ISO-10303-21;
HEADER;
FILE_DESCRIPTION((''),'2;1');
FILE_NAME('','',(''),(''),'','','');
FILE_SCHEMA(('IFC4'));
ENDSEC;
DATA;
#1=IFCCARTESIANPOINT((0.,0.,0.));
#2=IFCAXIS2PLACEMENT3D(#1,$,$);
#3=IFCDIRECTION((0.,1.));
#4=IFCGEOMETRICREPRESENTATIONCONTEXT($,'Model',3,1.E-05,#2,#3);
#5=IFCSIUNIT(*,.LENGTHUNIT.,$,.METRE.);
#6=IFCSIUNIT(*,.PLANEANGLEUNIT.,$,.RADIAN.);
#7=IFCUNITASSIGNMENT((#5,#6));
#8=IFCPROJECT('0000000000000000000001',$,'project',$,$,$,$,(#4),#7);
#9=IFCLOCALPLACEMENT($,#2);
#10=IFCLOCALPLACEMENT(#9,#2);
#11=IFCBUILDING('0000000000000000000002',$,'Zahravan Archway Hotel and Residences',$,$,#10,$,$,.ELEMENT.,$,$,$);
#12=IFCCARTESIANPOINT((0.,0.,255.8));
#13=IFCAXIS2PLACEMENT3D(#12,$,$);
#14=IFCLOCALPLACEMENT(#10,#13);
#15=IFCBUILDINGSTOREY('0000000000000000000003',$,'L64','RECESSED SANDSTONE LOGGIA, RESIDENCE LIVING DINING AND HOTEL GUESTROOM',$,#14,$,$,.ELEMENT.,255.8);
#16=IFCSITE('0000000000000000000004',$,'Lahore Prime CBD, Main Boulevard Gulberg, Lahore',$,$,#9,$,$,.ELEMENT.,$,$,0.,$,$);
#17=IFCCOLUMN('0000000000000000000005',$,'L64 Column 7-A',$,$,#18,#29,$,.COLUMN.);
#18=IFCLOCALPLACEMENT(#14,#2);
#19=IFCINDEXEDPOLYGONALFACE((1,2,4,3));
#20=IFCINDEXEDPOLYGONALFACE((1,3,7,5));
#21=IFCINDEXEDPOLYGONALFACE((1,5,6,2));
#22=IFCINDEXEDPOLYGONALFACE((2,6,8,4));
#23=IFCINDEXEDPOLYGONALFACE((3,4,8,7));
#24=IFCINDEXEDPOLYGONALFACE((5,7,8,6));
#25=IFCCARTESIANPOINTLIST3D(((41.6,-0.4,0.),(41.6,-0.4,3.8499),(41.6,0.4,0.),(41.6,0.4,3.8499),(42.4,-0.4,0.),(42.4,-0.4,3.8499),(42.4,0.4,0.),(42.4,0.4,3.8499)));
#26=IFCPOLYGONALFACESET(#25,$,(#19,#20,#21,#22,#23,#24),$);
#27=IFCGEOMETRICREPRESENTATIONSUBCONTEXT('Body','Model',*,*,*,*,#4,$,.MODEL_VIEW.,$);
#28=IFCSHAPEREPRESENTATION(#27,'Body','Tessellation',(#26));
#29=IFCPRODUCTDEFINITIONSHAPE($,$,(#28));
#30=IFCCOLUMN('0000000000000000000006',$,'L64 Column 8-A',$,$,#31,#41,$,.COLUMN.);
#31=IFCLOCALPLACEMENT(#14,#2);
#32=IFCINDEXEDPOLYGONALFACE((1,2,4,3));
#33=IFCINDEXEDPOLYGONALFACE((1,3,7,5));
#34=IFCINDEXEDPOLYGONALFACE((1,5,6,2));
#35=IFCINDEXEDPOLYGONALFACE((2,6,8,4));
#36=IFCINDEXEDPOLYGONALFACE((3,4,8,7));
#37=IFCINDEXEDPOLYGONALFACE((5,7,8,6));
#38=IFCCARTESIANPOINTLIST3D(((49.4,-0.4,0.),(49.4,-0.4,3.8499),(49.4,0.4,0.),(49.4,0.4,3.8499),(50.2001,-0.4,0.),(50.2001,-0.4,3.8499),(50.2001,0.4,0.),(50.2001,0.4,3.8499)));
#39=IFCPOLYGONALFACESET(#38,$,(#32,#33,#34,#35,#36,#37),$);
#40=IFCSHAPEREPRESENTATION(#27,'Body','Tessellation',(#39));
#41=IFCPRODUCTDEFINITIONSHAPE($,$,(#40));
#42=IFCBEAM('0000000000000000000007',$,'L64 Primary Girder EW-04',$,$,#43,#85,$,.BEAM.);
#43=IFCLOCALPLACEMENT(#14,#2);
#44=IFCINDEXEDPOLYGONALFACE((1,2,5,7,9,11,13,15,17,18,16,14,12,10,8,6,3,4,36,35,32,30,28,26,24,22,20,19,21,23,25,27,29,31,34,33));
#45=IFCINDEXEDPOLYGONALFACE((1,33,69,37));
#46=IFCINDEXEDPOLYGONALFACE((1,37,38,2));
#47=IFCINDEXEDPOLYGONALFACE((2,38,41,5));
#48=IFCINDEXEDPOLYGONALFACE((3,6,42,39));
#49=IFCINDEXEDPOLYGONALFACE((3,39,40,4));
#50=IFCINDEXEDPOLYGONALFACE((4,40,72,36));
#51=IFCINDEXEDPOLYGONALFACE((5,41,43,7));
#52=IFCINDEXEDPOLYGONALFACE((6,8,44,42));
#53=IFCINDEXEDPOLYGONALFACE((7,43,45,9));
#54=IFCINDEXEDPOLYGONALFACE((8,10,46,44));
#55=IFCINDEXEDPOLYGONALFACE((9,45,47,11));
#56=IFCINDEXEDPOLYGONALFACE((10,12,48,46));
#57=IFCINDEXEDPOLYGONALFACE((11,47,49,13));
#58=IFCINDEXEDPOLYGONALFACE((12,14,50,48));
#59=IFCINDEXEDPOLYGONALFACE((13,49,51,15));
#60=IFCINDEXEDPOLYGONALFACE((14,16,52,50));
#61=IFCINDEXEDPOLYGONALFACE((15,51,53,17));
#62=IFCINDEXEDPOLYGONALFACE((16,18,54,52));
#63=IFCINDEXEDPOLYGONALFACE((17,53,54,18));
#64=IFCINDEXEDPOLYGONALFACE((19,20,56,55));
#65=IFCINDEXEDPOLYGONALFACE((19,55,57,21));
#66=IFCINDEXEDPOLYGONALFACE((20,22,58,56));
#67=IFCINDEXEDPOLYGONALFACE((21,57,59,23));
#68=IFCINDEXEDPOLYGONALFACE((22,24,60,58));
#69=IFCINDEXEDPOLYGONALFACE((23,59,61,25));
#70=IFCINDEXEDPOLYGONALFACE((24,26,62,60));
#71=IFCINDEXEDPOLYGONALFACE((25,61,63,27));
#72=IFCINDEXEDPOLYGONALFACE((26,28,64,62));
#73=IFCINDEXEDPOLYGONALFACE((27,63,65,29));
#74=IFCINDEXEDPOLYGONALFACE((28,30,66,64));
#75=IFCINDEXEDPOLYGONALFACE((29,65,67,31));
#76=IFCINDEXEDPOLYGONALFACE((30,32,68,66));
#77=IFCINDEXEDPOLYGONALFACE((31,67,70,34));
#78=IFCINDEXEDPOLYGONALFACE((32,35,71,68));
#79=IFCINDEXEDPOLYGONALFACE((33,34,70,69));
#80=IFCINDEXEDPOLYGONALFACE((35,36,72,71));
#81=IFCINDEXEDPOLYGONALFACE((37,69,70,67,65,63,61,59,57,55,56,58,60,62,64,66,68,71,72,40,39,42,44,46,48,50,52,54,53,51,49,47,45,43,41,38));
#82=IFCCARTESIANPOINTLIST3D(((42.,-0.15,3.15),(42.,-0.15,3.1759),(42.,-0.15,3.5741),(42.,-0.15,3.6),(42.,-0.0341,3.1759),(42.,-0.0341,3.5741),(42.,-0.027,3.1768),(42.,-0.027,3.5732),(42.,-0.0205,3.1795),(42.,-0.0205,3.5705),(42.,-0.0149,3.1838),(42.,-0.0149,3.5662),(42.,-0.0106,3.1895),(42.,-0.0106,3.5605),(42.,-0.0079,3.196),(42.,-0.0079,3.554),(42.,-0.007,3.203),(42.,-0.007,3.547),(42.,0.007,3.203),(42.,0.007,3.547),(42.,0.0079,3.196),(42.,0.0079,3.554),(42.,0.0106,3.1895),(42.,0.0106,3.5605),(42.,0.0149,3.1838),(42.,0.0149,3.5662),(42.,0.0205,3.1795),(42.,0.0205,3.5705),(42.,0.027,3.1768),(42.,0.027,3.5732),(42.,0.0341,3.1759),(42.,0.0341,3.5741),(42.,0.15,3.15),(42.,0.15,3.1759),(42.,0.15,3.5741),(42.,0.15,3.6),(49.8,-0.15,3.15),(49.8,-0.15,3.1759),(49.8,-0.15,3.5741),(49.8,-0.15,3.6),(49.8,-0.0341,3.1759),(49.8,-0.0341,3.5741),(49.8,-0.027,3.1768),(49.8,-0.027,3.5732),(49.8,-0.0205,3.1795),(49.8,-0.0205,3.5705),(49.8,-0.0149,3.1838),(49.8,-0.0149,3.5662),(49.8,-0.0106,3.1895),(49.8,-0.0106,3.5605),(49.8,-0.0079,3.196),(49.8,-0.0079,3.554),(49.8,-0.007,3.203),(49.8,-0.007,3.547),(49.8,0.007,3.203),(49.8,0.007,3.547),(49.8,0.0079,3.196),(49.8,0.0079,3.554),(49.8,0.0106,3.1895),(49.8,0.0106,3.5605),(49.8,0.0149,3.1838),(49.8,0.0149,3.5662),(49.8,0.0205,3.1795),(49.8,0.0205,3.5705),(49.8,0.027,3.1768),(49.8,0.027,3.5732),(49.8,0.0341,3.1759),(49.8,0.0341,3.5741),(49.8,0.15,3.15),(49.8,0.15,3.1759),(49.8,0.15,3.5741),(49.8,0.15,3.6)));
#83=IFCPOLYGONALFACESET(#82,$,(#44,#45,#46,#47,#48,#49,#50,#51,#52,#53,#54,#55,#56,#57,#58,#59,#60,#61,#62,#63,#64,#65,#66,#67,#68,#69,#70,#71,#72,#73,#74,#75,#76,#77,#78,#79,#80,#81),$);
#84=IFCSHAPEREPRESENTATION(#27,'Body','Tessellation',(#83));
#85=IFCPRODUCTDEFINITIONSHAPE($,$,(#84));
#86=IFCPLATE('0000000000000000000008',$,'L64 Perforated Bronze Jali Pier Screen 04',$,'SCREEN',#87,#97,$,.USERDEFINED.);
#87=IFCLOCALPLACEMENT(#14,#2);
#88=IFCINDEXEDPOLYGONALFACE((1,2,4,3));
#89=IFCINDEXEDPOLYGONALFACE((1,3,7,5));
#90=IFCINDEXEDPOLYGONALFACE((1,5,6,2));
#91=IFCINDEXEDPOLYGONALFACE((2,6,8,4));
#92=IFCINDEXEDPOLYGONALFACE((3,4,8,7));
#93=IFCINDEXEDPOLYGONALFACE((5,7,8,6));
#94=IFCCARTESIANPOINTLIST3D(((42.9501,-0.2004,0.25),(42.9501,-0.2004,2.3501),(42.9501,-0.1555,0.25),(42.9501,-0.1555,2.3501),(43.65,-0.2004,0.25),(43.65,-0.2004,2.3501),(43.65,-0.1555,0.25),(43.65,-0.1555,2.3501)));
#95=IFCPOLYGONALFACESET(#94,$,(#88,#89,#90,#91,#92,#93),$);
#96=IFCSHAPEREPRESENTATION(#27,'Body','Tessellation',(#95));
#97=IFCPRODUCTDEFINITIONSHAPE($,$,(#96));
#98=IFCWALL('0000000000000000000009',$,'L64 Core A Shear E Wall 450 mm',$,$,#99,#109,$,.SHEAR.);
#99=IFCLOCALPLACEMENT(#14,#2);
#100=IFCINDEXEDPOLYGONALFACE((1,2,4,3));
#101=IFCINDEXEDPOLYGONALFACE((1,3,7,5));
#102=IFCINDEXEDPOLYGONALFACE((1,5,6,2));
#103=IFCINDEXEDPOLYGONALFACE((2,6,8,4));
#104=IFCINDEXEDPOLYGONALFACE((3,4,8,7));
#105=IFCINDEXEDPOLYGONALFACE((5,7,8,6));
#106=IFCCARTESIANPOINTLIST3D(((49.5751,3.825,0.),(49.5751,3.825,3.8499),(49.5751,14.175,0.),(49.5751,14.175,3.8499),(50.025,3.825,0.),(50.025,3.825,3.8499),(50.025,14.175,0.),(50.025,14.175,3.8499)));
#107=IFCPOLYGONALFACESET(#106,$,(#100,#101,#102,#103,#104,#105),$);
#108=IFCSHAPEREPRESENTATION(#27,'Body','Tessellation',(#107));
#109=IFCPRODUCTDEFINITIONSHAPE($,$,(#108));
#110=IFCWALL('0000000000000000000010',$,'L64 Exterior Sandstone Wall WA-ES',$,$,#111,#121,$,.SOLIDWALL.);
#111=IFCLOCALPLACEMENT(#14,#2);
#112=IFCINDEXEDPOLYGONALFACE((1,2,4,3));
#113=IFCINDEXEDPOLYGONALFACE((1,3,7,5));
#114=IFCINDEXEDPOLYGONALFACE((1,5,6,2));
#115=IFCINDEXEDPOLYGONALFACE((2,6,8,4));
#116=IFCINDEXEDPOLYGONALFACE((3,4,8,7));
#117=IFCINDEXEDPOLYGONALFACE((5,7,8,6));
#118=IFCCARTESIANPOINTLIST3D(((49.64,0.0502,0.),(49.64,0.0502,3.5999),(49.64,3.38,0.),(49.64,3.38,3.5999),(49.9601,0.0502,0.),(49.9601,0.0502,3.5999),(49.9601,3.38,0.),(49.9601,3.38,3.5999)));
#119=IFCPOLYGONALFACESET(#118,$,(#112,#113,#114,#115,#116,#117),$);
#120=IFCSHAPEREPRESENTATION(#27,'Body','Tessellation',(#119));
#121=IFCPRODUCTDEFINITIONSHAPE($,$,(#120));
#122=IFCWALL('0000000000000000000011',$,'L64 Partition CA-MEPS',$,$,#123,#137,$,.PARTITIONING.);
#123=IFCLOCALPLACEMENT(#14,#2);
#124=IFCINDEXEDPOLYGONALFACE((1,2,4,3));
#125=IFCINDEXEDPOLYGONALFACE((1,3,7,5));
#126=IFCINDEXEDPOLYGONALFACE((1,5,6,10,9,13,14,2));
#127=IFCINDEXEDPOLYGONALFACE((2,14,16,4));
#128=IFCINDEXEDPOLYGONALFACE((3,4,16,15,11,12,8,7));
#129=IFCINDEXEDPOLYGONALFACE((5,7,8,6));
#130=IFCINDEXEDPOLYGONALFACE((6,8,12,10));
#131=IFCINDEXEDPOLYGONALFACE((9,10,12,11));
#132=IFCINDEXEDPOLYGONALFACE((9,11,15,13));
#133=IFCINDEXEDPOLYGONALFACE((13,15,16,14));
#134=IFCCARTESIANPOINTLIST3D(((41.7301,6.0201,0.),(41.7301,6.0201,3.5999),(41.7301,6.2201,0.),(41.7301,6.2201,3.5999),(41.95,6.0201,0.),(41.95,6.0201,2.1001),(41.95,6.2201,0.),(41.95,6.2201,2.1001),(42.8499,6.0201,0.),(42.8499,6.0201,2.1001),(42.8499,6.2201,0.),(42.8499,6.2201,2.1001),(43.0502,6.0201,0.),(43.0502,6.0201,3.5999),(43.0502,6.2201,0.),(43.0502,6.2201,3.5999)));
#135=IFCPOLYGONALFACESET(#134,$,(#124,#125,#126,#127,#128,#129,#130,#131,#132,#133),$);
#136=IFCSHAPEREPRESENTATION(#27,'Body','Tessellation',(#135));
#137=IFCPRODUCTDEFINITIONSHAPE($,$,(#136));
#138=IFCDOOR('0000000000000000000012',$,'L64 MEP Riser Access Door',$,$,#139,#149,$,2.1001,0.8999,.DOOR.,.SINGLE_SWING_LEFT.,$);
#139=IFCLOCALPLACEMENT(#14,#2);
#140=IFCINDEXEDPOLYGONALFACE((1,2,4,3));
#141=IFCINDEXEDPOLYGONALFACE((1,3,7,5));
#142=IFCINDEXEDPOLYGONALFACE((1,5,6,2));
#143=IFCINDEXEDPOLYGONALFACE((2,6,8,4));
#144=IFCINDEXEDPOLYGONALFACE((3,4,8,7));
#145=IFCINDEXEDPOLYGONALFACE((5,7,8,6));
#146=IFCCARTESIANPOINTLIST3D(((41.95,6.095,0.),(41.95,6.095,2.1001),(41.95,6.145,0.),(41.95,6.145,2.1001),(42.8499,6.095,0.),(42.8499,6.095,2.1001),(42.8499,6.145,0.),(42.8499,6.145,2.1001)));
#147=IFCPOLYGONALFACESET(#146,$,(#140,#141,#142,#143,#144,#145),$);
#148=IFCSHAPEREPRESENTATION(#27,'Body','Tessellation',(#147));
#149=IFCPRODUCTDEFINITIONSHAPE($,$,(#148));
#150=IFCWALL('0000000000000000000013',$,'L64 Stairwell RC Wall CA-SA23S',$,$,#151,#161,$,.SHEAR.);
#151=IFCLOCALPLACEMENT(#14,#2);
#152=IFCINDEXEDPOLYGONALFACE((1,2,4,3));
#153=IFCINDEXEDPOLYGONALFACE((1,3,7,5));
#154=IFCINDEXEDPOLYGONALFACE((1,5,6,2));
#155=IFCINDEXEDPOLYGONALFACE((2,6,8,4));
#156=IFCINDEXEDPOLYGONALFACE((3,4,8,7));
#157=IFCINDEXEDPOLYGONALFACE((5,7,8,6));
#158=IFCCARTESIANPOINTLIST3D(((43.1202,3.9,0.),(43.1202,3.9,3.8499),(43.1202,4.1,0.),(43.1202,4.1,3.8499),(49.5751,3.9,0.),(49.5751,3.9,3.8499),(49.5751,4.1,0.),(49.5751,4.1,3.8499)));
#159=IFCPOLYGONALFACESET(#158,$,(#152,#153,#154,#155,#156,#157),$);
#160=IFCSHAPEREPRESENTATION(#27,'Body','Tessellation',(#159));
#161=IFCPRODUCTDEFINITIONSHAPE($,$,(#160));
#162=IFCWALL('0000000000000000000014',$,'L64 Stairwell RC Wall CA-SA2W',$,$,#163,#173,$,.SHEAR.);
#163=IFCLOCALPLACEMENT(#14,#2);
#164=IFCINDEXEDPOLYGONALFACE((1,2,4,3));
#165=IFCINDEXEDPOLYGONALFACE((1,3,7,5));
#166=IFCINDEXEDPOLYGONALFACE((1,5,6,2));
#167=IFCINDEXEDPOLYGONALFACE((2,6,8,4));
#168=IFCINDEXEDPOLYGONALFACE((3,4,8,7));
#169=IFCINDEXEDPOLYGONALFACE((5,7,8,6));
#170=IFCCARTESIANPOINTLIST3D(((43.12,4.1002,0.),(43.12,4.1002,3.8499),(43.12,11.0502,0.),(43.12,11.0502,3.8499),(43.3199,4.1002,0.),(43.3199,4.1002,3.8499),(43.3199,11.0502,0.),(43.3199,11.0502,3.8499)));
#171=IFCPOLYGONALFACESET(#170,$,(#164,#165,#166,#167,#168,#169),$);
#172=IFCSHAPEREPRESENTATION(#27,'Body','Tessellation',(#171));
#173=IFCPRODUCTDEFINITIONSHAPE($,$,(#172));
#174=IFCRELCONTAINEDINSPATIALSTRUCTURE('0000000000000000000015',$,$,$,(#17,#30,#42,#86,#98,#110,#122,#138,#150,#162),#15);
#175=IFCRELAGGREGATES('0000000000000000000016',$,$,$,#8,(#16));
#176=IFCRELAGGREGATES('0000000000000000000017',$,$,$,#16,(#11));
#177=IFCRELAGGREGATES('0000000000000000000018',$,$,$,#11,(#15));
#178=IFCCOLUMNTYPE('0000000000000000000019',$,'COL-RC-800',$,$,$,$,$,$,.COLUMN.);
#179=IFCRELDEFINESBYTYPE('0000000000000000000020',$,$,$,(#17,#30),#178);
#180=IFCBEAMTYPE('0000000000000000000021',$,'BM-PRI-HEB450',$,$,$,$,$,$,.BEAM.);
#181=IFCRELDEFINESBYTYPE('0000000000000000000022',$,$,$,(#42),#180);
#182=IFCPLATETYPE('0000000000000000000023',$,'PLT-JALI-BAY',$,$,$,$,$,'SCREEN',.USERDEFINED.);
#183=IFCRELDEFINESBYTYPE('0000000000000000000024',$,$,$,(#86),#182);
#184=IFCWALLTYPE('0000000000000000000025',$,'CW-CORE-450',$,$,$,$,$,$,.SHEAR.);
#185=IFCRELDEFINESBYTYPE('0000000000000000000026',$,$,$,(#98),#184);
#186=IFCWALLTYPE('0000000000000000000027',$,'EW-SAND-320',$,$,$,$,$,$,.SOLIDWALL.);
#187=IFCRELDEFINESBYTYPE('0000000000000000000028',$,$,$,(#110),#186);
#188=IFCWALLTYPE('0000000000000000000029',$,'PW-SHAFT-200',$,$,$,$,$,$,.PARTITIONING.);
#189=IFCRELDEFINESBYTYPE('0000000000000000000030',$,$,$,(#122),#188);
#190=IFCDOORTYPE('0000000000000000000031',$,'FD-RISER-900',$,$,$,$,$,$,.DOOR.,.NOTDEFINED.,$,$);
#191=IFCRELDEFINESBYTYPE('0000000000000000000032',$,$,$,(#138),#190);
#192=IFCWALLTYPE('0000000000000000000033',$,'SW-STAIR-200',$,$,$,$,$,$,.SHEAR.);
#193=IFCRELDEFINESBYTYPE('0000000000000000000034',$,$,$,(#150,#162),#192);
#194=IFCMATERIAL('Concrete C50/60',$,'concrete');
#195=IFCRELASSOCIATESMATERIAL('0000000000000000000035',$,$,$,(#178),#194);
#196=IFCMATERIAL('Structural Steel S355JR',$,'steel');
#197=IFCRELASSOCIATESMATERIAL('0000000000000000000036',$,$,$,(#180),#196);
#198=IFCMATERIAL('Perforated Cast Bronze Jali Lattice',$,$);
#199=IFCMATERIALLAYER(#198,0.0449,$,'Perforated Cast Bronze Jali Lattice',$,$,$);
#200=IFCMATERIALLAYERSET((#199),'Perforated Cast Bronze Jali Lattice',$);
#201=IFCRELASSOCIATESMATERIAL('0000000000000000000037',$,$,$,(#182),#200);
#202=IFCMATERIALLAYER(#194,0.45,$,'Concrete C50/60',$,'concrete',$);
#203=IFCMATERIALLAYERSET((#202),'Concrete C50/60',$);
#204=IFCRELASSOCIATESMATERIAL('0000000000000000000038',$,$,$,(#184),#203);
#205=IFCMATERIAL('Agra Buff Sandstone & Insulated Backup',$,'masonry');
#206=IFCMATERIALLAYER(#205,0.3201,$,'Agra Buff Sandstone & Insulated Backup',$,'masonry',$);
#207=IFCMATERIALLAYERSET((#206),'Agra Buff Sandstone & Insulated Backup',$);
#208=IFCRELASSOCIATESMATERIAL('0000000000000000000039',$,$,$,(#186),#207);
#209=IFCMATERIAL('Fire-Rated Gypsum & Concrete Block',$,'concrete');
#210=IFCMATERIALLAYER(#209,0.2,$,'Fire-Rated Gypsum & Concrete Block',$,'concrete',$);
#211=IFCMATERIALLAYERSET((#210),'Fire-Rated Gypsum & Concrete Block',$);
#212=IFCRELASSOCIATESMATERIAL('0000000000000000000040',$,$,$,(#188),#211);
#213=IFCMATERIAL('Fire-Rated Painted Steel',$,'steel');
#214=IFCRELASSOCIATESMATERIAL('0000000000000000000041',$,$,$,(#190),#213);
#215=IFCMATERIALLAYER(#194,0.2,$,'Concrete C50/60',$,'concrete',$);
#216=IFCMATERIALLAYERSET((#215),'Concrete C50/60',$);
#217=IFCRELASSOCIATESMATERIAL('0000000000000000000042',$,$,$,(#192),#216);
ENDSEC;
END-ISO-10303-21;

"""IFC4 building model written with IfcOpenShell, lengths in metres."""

from ifc_helpers import new_model, si_unit, direction, frame, frame_2d, origin, origin_2d, place, context, subcontext, project, spatial, rectangle, i_section, extrude, source, transform, mapped, material, layer, layer_set, material_profile, profile_set, type_object, type_shapes, element, fill, save


model = new_model("IFC4")

# Units and contexts
model_context = context("Model", 3, precision=1e-05, world=origin(), true_north=direction((0.0, 1.0)))
body_context = subcontext(model_context, "Body", "Model", "MODEL_VIEW")
ifc_project = project(units=[si_unit("LENGTHUNIT", "METRE"), si_unit("PLANEANGLEUNIT", "RADIAN")], contexts=[model_context])

# Site, building, storey
site_placement = place(None, origin())
site = spatial("IfcSite", under=ifc_project, at=site_placement, Name="Lahore Prime CBD, Main Boulevard Gulberg, Lahore", CompositionType="ELEMENT", RefElevation=0.0)
building_placement = place(site_placement, origin())
building = spatial("IfcBuilding", under=site, at=building_placement, Name="Zahravan Archway Hotel and Residences", CompositionType="ELEMENT")
storey_placement = place(building_placement, frame((0.0, 0.0, 255.8)))
storey = spatial("IfcBuildingStorey", under=building, at=storey_placement, Name="L64", Description="RECESSED SANDSTONE LOGGIA, RESIDENCE LIVING DINING AND HOTEL GUESTROOM", CompositionType="ELEMENT", Elevation=255.8)

# Columns
ifc_material_1 = material(Name="Concrete C50/60", Category="concrete")
ifc_material_profile_1 = material_profile(ifc_material_1, rectangle(XDim=0.8, YDim=0.8, at=origin_2d()), Name="RC-COL-800x800", Category="concrete")
ifc_profile_set_1 = profile_set([ifc_material_profile_1], Name="Concrete C50/60")
column_type = type_object("IfcColumnType", Name="COL-RC-800", PredefinedType="COLUMN", material=ifc_profile_set_1)
shared_shape_1 = source(origin(), body_context, "Body", "SweptSolid", [
    extrude(rectangle(XDim=0.8, YDim=0.8, at=origin_2d()), origin(), (0.0, 0.0, 1.0), 3.8499),
])
for number, where, z_axis, x_axis, name in (
    (1, (42.0, 0.0, 0.0), (0.0, 0.0, 1.0), (1.0, 0.0, 0.0), "L64 Column 7-A"),
    (2, (49.8, 0.0, 0.0), (0.0, 0.0, 1.0), (1.0, 0.0, 0.0), "L64 Column 8-A"),
):
    element("IfcColumn", number, at=place(storey_placement, frame(where, z_axis=z_axis, x_axis=x_axis)), inside=storey, type_object=column_type, Name=name, PredefinedType="COLUMN", context=body_context, shape_type="MappedRepresentation", body=[
        mapped(shared_shape_1, transform((0.0, 0.0, 0.0), scale=1.0)),
    ])

# Beam
ifc_material_2 = material(Name="Structural Steel S355JR", Category="steel")
ifc_material_profile_2 = material_profile(ifc_material_2, i_section(OverallWidth=0.3, OverallDepth=0.45, WebThickness=0.0139, FlangeThickness=0.0259, FilletRadius=0.0271, at=origin_2d()), Name="HEB 450", Category="steel")
ifc_profile_set_2 = profile_set([ifc_material_profile_2], Name="Structural Steel S355JR")
beam_type = type_object("IfcBeamType", Name="BM-PRI-HEB450", PredefinedType="BEAM", material=ifc_profile_set_2)
shared_shape_2 = source(origin(), body_context, "Body", "SweptSolid", [
    extrude(i_section(OverallWidth=0.3, OverallDepth=0.45, WebThickness=0.0139, FlangeThickness=0.0259, FilletRadius=0.0271, at=origin_2d()), origin(), (0.0, 0.0, 1.0), 7.8),
])
beam_placement = place(storey_placement, frame((42.0, 0.0, 3.375), z_axis=(1.0, 0.0, 0.0), x_axis=(0.0, 1.0, 0.0)))
element("IfcBeam", 3, at=beam_placement, inside=storey, type_object=beam_type, Name="L64 Primary Girder EW-04", PredefinedType="BEAM", context=body_context, shape_type="MappedRepresentation", body=[
    mapped(shared_shape_2, transform((0.0, 0.0, 0.0), scale=1.0)),
])

# Plate
ifc_material_3 = material(Name="Perforated Cast Bronze Jali Lattice")
ifc_layer_1 = layer(ifc_material_3, 0.0449, Name="Perforated Cast Bronze Jali Lattice")
ifc_layer_set_1 = layer_set([ifc_layer_1], Name="Perforated Cast Bronze Jali Lattice")
plate_type = type_object("IfcPlateType", Name="PLT-JALI-BAY", ElementType="SCREEN", PredefinedType="USERDEFINED", material=ifc_layer_set_1)
shared_shape_3 = source(origin(), body_context, "Body", "SweptSolid", [
    extrude(rectangle(XDim=0.7, YDim=0.0449, at=origin_2d()), origin(), (0.0, 0.0, 1.0), 2.1001),
])
type_shapes(plate_type, [shared_shape_3])
plate_placement = place(storey_placement, frame((43.3, -0.178, 0.25), z_axis=(0.0, 0.0, 1.0), x_axis=(1.0, 0.0, 0.0)))
element("IfcPlate", 4, at=plate_placement, inside=storey, type_object=plate_type, Name="L64 Perforated Bronze Jali Pier Screen 04", ObjectType="SCREEN", PredefinedType="USERDEFINED", context=body_context, shape_type="MappedRepresentation", body=[
    mapped(shared_shape_3, transform((0.0, 0.0, 0.0), scale=1.0)),
])

# Walls
ifc_layer_2 = layer(ifc_material_1, 0.45, Name="Concrete C50/60", Category="concrete")
ifc_layer_set_2 = layer_set([ifc_layer_2], Name="Concrete C50/60")
wall_type_1 = type_object("IfcWallType", Name="CW-CORE-450", PredefinedType="SHEAR", material=ifc_layer_set_2)
wall_1_placement = place(storey_placement, frame((49.8, 3.825, 0.0), z_axis=(0.0, 0.0, 1.0), x_axis=(0.0, 1.0, 0.0)))
element("IfcWall", 5, at=wall_1_placement, inside=storey, type_object=wall_type_1, Name="L64 Core A Shear E Wall 450 mm", PredefinedType="SHEAR", context=body_context, shape_type="SweptSolid", body=[
    extrude(rectangle(XDim=10.3501, YDim=0.45, at=frame_2d((5.175, 0.0))), origin(), (0.0, 0.0, 1.0), 3.8499),
])
ifc_material_4 = material(Name="Agra Buff Sandstone & Insulated Backup", Category="masonry")
ifc_layer_3 = layer(ifc_material_4, 0.3201, Name="Agra Buff Sandstone & Insulated Backup", Category="masonry")
ifc_layer_set_3 = layer_set([ifc_layer_3], Name="Agra Buff Sandstone & Insulated Backup")
wall_type_2 = type_object("IfcWallType", Name="EW-SAND-320", PredefinedType="SOLIDWALL", material=ifc_layer_set_3)
wall_2_placement = place(storey_placement, frame((49.8, 0.05, 0.0), z_axis=(0.0, 0.0, 1.0), x_axis=(0.0, 1.0, 0.0)))
element("IfcWall", 6, at=wall_2_placement, inside=storey, type_object=wall_type_2, Name="L64 Exterior Sandstone Wall WA-ES", PredefinedType="SOLIDWALL", context=body_context, shape_type="SweptSolid", body=[
    extrude(rectangle(XDim=3.3298, YDim=0.3201, at=frame_2d((1.665, 0.0))), origin(), (0.0, 0.0, 1.0), 3.5999),
])

# Wall, opening, door
ifc_material_5 = material(Name="Fire-Rated Gypsum & Concrete Block", Category="concrete")
ifc_layer_4 = layer(ifc_material_5, 0.2, Name="Fire-Rated Gypsum & Concrete Block", Category="concrete")
ifc_layer_set_4 = layer_set([ifc_layer_4], Name="Fire-Rated Gypsum & Concrete Block")
wall_type_3 = type_object("IfcWallType", Name="PW-SHAFT-200", PredefinedType="PARTITIONING", material=ifc_layer_set_4)
wall_3_placement = place(storey_placement, frame((41.73, 6.1201, 0.0), z_axis=(0.0, 0.0, 1.0), x_axis=(1.0, 0.0, 0.0)))
wall_3 = element("IfcWall", 7, at=wall_3_placement, inside=storey, type_object=wall_type_3, Name="L64 Partition CA-MEPS", PredefinedType="PARTITIONING", context=body_context, shape_type="SweptSolid", body=[
    extrude(rectangle(XDim=1.3201, YDim=0.2, at=frame_2d((0.6602, 0.0))), origin(), (0.0, 0.0, 1.0), 3.5999),
])
opening_placement = place(wall_3_placement, frame((0.22, 0.0, 0.0)))
opening = element("IfcOpeningElement", 8, at=opening_placement, cuts=wall_3, PredefinedType="OPENING", context=body_context, shape_type="SweptSolid", body=[
    extrude(rectangle(XDim=0.8999, YDim=2.1001, at=frame_2d((0.45, 1.05))), frame((0.0, 0.1099, 0.0), z_axis=(0.0, -1.0, 0.0), x_axis=(1.0, 0.0, 0.0)), (0.0, 0.0, 1.0), 0.22),
])
ifc_material_6 = material(Name="Fire-Rated Painted Steel", Category="steel")
door_type = type_object("IfcDoorType", Name="FD-RISER-900", OperationType="NOTDEFINED", PredefinedType="DOOR", material=ifc_material_6)
shared_shape_4 = source(origin(), body_context, "Body", "SweptSolid", [
    extrude(rectangle(XDim=0.8999, YDim=2.1001, at=frame_2d((0.45, 1.05))), frame((0.0, 0.0249, 0.0), z_axis=(0.0, -1.0, 0.0), x_axis=(1.0, 0.0, 0.0)), (0.0, 0.0, 1.0), 0.05),
])
type_shapes(door_type, [shared_shape_4])
door_placement = place(opening_placement, origin())
door = element("IfcDoor", 9, at=door_placement, inside=storey, type_object=door_type, Name="L64 MEP Riser Access Door", OperationType="SINGLE_SWING_LEFT", OverallHeight=2.1001, OverallWidth=0.8999, PredefinedType="DOOR", context=body_context, shape_type="MappedRepresentation", body=[
    mapped(shared_shape_4, transform((0.0, 0.0, 0.0), scale=1.0)),
])
fill(opening, door)

# Walls
ifc_layer_5 = layer(ifc_material_1, 0.2, Name="Concrete C50/60", Category="concrete")
ifc_layer_set_5 = layer_set([ifc_layer_5], Name="Concrete C50/60")
wall_type_4 = type_object("IfcWallType", Name="SW-STAIR-200", PredefinedType="SHEAR", material=ifc_layer_set_5)
wall_4_placement = place(storey_placement, frame((43.1201, 4.0, 0.0), z_axis=(0.0, 0.0, 1.0), x_axis=(1.0, 0.0, 0.0)))
element("IfcWall", 10, at=wall_4_placement, inside=storey, type_object=wall_type_4, Name="L64 Stairwell RC Wall CA-SA23S", PredefinedType="SHEAR", context=body_context, shape_type="SweptSolid", body=[
    extrude(rectangle(XDim=6.4548, YDim=0.2, at=frame_2d((3.2275, 0.0))), origin(), (0.0, 0.0, 1.0), 3.8499),
])
for number, where, z_axis, x_axis, name in (
    (11, (43.22, 4.1001, 0.0), (0.0, 0.0, 1.0), (0.0, 1.0, 0.0), "L64 Stairwell RC Wall CA-SA2W"),
):
    element("IfcWall", number, at=place(storey_placement, frame(where, z_axis=z_axis, x_axis=x_axis)), inside=storey, type_object=wall_type_4, Name=name, PredefinedType="SHEAR", context=body_context, shape_type="SweptSolid", body=[
        extrude(rectangle(XDim=6.95, YDim=0.2, at=frame_2d((3.4751, 0.0))), origin(), (0.0, 0.0, 1.0), 3.8499),
    ])

save(model, "model.ifc")
